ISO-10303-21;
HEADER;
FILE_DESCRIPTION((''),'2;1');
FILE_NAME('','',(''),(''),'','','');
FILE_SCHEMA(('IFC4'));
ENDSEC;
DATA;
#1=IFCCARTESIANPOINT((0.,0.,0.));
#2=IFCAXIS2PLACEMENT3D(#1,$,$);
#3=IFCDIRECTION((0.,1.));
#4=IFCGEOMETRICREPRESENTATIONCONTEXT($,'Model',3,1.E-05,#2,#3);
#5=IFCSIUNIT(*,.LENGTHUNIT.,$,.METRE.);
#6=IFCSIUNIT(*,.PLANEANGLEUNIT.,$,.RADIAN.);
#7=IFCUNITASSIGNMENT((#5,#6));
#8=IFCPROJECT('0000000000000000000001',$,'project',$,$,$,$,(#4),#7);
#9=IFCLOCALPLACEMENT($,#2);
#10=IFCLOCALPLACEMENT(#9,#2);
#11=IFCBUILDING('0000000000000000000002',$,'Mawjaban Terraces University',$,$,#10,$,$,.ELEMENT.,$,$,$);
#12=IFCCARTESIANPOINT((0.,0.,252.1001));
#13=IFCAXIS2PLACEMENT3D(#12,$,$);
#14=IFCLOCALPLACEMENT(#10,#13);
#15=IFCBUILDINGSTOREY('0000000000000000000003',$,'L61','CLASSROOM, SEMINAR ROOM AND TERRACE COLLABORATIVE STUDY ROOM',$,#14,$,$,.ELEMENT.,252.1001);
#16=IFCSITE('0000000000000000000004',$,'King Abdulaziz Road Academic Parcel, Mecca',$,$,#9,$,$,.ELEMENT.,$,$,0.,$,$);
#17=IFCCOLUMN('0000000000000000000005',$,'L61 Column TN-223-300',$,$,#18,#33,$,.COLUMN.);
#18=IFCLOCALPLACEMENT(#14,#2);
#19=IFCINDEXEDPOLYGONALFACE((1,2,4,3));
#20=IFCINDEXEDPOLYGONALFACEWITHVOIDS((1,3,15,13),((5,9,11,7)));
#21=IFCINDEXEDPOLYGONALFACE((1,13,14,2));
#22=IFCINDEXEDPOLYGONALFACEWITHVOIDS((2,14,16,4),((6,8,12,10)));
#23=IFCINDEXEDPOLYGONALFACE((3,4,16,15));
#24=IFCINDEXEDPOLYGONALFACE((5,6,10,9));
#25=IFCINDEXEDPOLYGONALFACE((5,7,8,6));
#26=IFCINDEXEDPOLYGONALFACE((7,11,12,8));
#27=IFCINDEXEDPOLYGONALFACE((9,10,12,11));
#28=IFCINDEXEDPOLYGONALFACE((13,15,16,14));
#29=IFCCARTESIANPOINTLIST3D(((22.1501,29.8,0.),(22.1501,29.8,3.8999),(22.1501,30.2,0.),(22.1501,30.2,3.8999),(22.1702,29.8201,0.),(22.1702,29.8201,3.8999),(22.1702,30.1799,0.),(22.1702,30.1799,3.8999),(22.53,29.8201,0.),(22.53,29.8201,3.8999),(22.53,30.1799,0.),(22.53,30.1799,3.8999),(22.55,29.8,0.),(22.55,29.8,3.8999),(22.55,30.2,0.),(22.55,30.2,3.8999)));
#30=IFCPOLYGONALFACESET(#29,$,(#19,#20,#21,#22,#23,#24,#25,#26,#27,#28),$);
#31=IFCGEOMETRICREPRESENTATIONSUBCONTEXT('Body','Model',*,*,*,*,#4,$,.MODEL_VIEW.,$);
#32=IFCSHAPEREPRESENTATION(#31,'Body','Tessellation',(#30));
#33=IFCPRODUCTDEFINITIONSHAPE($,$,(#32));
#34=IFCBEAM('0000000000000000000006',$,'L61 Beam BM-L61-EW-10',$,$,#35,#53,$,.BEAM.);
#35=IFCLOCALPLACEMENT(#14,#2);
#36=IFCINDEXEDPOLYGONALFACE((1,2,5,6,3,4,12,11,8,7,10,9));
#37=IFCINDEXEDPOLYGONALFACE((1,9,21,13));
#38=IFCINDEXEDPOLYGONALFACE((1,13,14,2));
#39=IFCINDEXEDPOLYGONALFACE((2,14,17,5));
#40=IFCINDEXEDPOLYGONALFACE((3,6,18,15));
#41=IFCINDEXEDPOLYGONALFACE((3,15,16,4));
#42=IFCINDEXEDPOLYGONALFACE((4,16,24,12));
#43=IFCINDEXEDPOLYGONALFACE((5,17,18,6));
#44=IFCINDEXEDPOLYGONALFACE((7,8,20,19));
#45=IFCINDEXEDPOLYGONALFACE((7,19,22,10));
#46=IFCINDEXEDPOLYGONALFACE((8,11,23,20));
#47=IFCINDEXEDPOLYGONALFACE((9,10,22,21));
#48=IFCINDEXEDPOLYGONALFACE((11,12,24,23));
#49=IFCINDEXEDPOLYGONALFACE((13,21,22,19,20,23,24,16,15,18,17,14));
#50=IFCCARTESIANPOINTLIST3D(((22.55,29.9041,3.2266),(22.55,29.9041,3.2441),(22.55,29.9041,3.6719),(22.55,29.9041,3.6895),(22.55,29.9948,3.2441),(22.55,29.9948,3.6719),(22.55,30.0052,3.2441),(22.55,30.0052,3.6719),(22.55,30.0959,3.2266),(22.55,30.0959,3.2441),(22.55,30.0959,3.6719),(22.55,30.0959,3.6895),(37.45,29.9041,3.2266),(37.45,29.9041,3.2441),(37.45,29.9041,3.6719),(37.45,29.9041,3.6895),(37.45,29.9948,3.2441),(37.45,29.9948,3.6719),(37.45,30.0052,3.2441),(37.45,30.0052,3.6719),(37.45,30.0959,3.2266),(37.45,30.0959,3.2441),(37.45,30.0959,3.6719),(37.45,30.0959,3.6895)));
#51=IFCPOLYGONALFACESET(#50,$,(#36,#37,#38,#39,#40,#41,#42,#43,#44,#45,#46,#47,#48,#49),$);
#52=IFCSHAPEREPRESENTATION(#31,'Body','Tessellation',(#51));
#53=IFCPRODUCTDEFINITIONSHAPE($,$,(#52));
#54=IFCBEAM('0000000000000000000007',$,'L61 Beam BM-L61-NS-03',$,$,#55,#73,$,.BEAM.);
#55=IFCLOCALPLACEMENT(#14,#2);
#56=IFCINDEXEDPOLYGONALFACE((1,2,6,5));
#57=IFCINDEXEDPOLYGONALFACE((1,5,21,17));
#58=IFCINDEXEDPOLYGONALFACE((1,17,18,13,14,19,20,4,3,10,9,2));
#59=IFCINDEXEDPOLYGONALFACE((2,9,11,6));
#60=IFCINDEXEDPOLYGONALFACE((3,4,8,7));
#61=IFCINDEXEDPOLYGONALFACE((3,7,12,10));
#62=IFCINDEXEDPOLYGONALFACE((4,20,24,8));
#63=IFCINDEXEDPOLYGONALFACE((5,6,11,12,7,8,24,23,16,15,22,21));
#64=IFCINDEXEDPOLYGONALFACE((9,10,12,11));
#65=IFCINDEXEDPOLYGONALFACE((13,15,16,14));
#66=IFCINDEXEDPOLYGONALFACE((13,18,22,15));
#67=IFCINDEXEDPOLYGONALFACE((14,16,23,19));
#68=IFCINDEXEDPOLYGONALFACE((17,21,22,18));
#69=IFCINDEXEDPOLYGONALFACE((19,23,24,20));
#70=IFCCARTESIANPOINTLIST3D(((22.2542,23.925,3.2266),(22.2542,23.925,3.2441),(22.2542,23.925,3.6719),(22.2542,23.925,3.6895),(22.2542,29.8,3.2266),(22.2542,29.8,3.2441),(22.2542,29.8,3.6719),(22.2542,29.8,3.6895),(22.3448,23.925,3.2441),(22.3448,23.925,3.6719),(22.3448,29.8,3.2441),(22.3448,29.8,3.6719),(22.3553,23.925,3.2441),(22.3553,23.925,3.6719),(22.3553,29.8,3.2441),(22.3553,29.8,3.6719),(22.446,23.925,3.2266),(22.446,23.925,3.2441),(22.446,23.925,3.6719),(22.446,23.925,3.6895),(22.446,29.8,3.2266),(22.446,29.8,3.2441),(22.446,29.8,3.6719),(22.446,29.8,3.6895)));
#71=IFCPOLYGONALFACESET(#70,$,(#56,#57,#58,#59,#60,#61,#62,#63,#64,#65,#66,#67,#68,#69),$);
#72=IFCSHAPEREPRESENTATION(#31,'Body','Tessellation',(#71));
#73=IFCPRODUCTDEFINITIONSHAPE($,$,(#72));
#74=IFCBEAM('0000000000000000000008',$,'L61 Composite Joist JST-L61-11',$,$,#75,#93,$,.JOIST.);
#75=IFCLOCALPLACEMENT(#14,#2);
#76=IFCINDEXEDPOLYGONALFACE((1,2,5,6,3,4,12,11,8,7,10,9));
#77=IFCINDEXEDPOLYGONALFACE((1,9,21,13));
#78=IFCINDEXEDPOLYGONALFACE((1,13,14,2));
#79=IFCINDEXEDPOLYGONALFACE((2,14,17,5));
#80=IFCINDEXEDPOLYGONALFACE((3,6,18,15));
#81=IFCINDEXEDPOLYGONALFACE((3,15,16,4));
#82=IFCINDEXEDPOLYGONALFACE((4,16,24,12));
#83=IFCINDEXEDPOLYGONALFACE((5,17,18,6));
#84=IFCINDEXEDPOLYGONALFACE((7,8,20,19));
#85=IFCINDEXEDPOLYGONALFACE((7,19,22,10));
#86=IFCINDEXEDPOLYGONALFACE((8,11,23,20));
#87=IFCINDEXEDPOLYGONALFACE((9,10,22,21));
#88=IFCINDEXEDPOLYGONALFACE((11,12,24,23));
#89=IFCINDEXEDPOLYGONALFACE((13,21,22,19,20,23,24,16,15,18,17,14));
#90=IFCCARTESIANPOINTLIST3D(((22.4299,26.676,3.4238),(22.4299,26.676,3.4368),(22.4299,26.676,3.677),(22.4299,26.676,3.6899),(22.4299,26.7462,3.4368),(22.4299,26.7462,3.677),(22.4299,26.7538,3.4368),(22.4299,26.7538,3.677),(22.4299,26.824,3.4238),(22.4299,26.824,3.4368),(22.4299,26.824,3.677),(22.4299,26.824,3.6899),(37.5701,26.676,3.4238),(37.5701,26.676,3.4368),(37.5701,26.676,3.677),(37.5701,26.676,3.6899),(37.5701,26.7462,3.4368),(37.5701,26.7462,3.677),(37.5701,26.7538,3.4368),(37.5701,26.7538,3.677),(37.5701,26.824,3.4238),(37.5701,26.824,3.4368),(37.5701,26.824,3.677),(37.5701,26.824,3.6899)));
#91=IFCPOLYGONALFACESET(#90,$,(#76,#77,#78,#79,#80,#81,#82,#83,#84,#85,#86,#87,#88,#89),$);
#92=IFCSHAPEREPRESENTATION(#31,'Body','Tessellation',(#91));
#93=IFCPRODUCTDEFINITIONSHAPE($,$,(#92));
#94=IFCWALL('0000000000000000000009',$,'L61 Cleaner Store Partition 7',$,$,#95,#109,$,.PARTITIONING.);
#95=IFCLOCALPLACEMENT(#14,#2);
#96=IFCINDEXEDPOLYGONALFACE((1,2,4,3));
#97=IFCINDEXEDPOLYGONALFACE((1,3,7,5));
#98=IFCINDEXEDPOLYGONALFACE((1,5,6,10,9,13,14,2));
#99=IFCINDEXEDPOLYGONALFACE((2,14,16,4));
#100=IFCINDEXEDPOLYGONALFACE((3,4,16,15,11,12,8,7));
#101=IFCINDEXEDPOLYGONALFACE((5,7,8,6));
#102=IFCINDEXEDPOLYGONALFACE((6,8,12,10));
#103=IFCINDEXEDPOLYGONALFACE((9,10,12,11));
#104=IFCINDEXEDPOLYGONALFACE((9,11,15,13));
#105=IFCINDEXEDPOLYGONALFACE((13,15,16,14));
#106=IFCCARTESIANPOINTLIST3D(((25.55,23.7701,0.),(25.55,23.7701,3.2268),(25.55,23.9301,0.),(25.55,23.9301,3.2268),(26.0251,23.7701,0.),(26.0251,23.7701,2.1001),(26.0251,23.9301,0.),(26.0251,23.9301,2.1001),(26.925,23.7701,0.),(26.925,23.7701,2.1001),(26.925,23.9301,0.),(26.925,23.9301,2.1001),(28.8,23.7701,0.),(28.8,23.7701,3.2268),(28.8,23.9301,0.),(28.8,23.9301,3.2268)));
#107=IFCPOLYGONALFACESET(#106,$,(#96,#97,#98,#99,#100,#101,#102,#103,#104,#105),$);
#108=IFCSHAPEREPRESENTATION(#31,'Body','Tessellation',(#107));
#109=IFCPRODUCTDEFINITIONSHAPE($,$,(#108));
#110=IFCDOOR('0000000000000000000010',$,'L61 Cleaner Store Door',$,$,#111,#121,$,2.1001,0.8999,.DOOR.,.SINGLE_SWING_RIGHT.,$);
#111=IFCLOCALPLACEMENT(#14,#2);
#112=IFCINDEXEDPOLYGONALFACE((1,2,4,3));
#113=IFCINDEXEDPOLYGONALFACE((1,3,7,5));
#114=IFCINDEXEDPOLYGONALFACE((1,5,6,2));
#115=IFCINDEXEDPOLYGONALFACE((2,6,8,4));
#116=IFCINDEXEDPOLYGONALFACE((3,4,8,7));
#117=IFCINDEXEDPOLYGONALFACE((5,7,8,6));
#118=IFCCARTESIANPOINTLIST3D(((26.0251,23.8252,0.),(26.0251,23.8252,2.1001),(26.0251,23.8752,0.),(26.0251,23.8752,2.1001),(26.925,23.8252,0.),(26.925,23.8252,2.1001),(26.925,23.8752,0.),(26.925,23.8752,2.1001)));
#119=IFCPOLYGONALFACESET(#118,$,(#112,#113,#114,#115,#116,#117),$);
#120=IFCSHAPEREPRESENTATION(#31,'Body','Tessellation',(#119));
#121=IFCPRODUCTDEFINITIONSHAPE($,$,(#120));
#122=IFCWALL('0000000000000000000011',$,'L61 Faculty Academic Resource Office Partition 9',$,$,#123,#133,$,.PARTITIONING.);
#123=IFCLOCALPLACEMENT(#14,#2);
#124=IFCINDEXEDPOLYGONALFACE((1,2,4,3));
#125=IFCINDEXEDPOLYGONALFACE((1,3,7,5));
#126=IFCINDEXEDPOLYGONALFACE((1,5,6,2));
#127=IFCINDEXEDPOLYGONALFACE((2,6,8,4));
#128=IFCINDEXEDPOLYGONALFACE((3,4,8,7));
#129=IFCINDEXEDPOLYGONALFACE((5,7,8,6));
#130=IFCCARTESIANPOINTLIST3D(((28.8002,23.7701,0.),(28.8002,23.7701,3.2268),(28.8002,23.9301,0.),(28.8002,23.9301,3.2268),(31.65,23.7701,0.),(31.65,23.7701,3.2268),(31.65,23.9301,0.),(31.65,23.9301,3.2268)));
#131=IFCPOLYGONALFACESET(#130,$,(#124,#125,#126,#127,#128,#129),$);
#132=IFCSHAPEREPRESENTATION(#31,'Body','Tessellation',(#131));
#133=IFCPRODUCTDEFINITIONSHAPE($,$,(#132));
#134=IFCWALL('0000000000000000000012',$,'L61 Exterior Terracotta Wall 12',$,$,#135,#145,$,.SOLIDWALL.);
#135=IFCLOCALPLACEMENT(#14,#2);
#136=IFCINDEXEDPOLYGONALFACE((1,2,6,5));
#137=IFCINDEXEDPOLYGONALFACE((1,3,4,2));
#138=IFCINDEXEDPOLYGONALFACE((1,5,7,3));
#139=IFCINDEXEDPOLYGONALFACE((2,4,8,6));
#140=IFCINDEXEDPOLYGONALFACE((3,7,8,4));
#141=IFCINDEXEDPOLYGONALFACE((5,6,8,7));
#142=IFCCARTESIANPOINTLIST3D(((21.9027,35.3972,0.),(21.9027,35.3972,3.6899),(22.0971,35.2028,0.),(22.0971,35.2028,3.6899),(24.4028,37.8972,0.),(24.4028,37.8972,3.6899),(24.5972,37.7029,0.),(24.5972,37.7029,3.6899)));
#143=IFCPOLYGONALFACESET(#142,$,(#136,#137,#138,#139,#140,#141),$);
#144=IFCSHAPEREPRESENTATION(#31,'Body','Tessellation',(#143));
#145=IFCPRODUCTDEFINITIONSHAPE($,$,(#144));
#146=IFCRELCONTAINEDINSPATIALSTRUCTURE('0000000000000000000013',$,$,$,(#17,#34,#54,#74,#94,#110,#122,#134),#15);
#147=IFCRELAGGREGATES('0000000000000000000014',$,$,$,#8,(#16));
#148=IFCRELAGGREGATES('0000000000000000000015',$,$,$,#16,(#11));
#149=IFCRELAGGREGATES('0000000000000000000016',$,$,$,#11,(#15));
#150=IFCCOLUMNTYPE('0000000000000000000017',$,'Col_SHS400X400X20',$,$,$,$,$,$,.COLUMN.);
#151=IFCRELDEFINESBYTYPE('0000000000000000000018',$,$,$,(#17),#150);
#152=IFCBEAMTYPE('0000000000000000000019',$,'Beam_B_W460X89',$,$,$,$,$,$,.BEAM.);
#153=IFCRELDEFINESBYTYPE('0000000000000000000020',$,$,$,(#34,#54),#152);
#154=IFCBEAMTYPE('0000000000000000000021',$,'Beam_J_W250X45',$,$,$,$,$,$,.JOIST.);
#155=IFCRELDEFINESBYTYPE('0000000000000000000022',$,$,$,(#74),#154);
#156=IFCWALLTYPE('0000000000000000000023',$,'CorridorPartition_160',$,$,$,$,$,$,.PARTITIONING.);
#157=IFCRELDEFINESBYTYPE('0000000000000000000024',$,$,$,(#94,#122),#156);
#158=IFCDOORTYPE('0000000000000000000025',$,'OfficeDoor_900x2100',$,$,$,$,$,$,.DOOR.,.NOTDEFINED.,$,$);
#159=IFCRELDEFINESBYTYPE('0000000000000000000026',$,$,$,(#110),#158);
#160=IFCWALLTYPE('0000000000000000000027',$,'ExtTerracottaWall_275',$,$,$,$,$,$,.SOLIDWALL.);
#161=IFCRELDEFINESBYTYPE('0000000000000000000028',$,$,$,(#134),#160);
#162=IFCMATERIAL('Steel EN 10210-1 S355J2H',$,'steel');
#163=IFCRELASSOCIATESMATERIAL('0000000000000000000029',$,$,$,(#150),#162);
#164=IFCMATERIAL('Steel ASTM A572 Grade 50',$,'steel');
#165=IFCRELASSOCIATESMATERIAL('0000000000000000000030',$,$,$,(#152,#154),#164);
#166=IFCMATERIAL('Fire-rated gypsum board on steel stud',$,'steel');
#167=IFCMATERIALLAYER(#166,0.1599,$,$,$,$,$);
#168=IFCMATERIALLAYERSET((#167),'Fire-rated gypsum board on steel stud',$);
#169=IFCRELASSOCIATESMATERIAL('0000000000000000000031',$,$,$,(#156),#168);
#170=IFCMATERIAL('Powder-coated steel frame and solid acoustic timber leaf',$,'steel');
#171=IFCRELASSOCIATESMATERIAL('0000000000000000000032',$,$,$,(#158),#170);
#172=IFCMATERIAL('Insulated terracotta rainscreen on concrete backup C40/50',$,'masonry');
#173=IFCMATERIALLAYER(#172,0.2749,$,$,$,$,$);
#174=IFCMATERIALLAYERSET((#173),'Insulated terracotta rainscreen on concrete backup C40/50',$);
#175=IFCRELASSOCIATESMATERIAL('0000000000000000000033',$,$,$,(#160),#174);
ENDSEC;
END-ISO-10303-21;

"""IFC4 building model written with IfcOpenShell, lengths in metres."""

from ifc_helpers import new_model, si_unit, direction, frame, frame_2d, origin, origin_2d, place, context, subcontext, project, spatial, rectangle, hollow_rectangle, i_section, extrude, material, layer, layer_set, material_profile, profile_set, type_object, element, fill, save


model = new_model("IFC4")

# Units and contexts
model_context = context("Model", 3, precision=1e-05, world=origin(), true_north=direction((0.0, 1.0)))
body_context = subcontext(model_context, "Body", "Model", "MODEL_VIEW")
ifc_project = project(units=[si_unit("LENGTHUNIT", "METRE"), si_unit("PLANEANGLEUNIT", "RADIAN")], contexts=[model_context])

# Site, building, storey
site_placement = place(None, origin())
site = spatial("IfcSite", under=ifc_project, at=site_placement, Name="King Abdulaziz Road Academic Parcel, Mecca", CompositionType="ELEMENT", RefElevation=0.0)
building_placement = place(site_placement, origin())
building = spatial("IfcBuilding", under=site, at=building_placement, Name="Mawjaban Terraces University", CompositionType="ELEMENT")
storey_placement = place(building_placement, frame((0.0, 0.0, 252.1001)))
storey = spatial("IfcBuildingStorey", under=building, at=storey_placement, Name="L61", Description="CLASSROOM, SEMINAR ROOM AND TERRACE COLLABORATIVE STUDY ROOM", CompositionType="ELEMENT", Elevation=252.1001)

# Column
ifc_material_1 = material(Name="Steel EN 10210-1 S355J2H", Category="steel")
ifc_material_profile_1 = material_profile(ifc_material_1, hollow_rectangle(XDim=0.3999, YDim=0.3999, WallThickness=0.02, at=origin_2d()), Name="SHS400X400X20")
ifc_profile_set_1 = profile_set([ifc_material_profile_1], Name="Steel EN 10210-1 S355J2H")
column_type = type_object("IfcColumnType", Name="Col_SHS400X400X20", PredefinedType="COLUMN", material=ifc_profile_set_1)
column_placement = place(storey_placement, frame((22.3501, 30.0, 0.0), z_axis=(0.0, 0.0, 1.0), x_axis=(1.0, 0.0, 0.0)))
element("IfcColumn", 1, at=column_placement, inside=storey, type_object=column_type, Name="L61 Column TN-223-300", PredefinedType="COLUMN", context=body_context, shape_type="SweptSolid", body=[
    extrude(hollow_rectangle(XDim=0.3999, YDim=0.3999, WallThickness=0.02, at=origin_2d()), origin(), (0.0, 0.0, 1.0), 3.8999),
])

# Beams
ifc_material_2 = material(Name="Steel ASTM A572 Grade 50", Category="steel")
ifc_material_profile_2 = material_profile(ifc_material_2, i_section(OverallWidth=0.1919, OverallDepth=0.4629, WebThickness=0.0105, FlangeThickness=0.0176, at=origin_2d()), Name="W460X89")
ifc_profile_set_2 = profile_set([ifc_material_profile_2], Name="Steel ASTM A572 Grade 50")
beam_type_1 = type_object("IfcBeamType", Name="Beam_B_W460X89", PredefinedType="BEAM", material=ifc_profile_set_2)
beam_1_placement = place(storey_placement, frame((22.55, 30.0, 3.458), z_axis=(1.0, 0.0, 0.0), x_axis=(0.0, 1.0, 0.0)))
element("IfcBeam", 2, at=beam_1_placement, inside=storey, type_object=beam_type_1, Name="L61 Beam BM-L61-EW-10", PredefinedType="BEAM", context=body_context, shape_type="SweptSolid", body=[
    extrude(i_section(OverallWidth=0.1919, OverallDepth=0.4629, WebThickness=0.0105, FlangeThickness=0.0176, at=origin_2d()), origin(), (0.0, 0.0, 1.0), 14.8999),
])
beam_2_placement = place(storey_placement, frame((22.3501, 23.925, 3.458), z_axis=(0.0, 1.0, 0.0), x_axis=(-1.0, 0.0, 0.0)))
element("IfcBeam", 3, at=beam_2_placement, inside=storey, type_object=beam_type_1, Name="L61 Beam BM-L61-NS-03", PredefinedType="BEAM", context=body_context, shape_type="SweptSolid", body=[
    extrude(i_section(OverallWidth=0.1919, OverallDepth=0.4629, WebThickness=0.0105, FlangeThickness=0.0176, at=origin_2d()), origin(), (0.0, 0.0, 1.0), 5.875),
])
ifc_material_profile_3 = material_profile(ifc_material_2, i_section(OverallWidth=0.1479, OverallDepth=0.2661, WebThickness=0.0076, FlangeThickness=0.0129, at=origin_2d()), Name="W250X45")
ifc_profile_set_3 = profile_set([ifc_material_profile_3], Name="Steel ASTM A572 Grade 50")
beam_type_2 = type_object("IfcBeamType", Name="Beam_J_W250X45", PredefinedType="JOIST", material=ifc_profile_set_3)
beam_3_placement = place(storey_placement, frame((22.4299, 26.75, 3.5569), z_axis=(1.0, 0.0, 0.0), x_axis=(0.0, 1.0, 0.0)))
element("IfcBeam", 4, at=beam_3_placement, inside=storey, type_object=beam_type_2, Name="L61 Composite Joist JST-L61-11", PredefinedType="JOIST", context=body_context, shape_type="SweptSolid", body=[
    extrude(i_section(OverallWidth=0.1479, OverallDepth=0.2661, WebThickness=0.0076, FlangeThickness=0.0129, at=origin_2d()), origin(), (0.0, 0.0, 1.0), 15.1401),
])

# Wall, opening, door
ifc_material_3 = material(Name="Fire-rated gypsum board on steel stud", Category="steel")
ifc_layer_1 = layer(ifc_material_3, 0.1599)
ifc_layer_set_1 = layer_set([ifc_layer_1], Name="Fire-rated gypsum board on steel stud")
wall_type_1 = type_object("IfcWallType", Name="CorridorPartition_160", PredefinedType="PARTITIONING", material=ifc_layer_set_1)
wall_1_placement = place(storey_placement, frame((28.8, 23.8501, 0.0), z_axis=(0.0, 0.0, 1.0), x_axis=(-1.0, 0.0, 0.0)))
wall_1 = element("IfcWall", 5, at=wall_1_placement, inside=storey, type_object=wall_type_1, Name="L61 Cleaner Store Partition 7", PredefinedType="PARTITIONING", context=body_context, shape_type="SweptSolid", body=[
    extrude(rectangle(XDim=3.25, YDim=0.1599, at=frame_2d((1.625, 0.0))), origin(), (0.0, 0.0, 1.0), 3.2268),
])
opening_1_placement = place(wall_1_placement, frame((1.875, 0.0, 0.0)))
opening_1 = element("IfcOpeningElement", 6, at=opening_1_placement, cuts=wall_1, PredefinedType="OPENING", context=body_context, shape_type="SweptSolid", body=[
    extrude(rectangle(XDim=0.8999, YDim=2.1001, at=frame_2d((0.45, 1.05))), frame((0.0, 0.0898, 0.0), z_axis=(0.0, -1.0, 0.0), x_axis=(1.0, 0.0, 0.0)), (0.0, 0.0, 1.0), 0.1799),
])
ifc_material_4 = material(Name="Powder-coated steel frame and solid acoustic timber leaf", Category="steel")
door_type_1 = type_object("IfcDoorType", Name="OfficeDoor_900x2100", OperationType="NOTDEFINED", PredefinedType="DOOR", material=ifc_material_4)
door_1_placement = place(opening_1_placement, origin())
door_1 = element("IfcDoor", 7, at=door_1_placement, inside=storey, type_object=door_type_1, Name="L61 Cleaner Store Door", OperationType="SINGLE_SWING_RIGHT", OverallHeight=2.1001, OverallWidth=0.8999, PredefinedType="DOOR", context=body_context, shape_type="SweptSolid", body=[
    extrude(rectangle(XDim=0.8999, YDim=2.1001, at=frame_2d((0.45, 1.05))), frame((0.0, 0.0249, 0.0), z_axis=(0.0, -1.0, 0.0), x_axis=(1.0, 0.0, 0.0)), (0.0, 0.0, 1.0), 0.05),
])
fill(opening_1, door_1)

# Walls
wall_2_placement = place(storey_placement, frame((31.6499, 23.8501, 0.0), z_axis=(0.0, 0.0, 1.0), x_axis=(-1.0, 0.0, 0.0)))
element("IfcWall", 8, at=wall_2_placement, inside=storey, type_object=wall_type_1, Name="L61 Faculty Academic Resource Office Partition 9", PredefinedType="PARTITIONING", context=body_context, shape_type="SweptSolid", body=[
    extrude(rectangle(XDim=2.8499, YDim=0.1599, at=frame_2d((1.4248, 0.0))), origin(), (0.0, 0.0, 1.0), 3.2268),
])
ifc_material_5 = material(Name="Insulated terracotta rainscreen on concrete backup C40/50", Category="masonry")
ifc_layer_2 = layer(ifc_material_5, 0.2749)
ifc_layer_set_2 = layer_set([ifc_layer_2], Name="Insulated terracotta rainscreen on concrete backup C40/50")
wall_type_2 = type_object("IfcWallType", Name="ExtTerracottaWall_275", PredefinedType="SOLIDWALL", material=ifc_layer_set_2)
wall_3_placement = place(storey_placement, frame((24.5, 37.8, 0.0), z_axis=(0.0, 0.0, 1.0), x_axis=(-0.707107, -0.707107, 0.0)))
element("IfcWall", 9, at=wall_3_placement, inside=storey, type_object=wall_type_2, Name="L61 Exterior Terracotta Wall 12", PredefinedType="SOLIDWALL", context=body_context, shape_type="SweptSolid", body=[
    extrude(rectangle(XDim=3.5356, YDim=0.2749, at=frame_2d((1.7678, 0.0))), origin(), (0.0, 0.0, 1.0), 3.6899),
])

save(model, "model.ifc")
